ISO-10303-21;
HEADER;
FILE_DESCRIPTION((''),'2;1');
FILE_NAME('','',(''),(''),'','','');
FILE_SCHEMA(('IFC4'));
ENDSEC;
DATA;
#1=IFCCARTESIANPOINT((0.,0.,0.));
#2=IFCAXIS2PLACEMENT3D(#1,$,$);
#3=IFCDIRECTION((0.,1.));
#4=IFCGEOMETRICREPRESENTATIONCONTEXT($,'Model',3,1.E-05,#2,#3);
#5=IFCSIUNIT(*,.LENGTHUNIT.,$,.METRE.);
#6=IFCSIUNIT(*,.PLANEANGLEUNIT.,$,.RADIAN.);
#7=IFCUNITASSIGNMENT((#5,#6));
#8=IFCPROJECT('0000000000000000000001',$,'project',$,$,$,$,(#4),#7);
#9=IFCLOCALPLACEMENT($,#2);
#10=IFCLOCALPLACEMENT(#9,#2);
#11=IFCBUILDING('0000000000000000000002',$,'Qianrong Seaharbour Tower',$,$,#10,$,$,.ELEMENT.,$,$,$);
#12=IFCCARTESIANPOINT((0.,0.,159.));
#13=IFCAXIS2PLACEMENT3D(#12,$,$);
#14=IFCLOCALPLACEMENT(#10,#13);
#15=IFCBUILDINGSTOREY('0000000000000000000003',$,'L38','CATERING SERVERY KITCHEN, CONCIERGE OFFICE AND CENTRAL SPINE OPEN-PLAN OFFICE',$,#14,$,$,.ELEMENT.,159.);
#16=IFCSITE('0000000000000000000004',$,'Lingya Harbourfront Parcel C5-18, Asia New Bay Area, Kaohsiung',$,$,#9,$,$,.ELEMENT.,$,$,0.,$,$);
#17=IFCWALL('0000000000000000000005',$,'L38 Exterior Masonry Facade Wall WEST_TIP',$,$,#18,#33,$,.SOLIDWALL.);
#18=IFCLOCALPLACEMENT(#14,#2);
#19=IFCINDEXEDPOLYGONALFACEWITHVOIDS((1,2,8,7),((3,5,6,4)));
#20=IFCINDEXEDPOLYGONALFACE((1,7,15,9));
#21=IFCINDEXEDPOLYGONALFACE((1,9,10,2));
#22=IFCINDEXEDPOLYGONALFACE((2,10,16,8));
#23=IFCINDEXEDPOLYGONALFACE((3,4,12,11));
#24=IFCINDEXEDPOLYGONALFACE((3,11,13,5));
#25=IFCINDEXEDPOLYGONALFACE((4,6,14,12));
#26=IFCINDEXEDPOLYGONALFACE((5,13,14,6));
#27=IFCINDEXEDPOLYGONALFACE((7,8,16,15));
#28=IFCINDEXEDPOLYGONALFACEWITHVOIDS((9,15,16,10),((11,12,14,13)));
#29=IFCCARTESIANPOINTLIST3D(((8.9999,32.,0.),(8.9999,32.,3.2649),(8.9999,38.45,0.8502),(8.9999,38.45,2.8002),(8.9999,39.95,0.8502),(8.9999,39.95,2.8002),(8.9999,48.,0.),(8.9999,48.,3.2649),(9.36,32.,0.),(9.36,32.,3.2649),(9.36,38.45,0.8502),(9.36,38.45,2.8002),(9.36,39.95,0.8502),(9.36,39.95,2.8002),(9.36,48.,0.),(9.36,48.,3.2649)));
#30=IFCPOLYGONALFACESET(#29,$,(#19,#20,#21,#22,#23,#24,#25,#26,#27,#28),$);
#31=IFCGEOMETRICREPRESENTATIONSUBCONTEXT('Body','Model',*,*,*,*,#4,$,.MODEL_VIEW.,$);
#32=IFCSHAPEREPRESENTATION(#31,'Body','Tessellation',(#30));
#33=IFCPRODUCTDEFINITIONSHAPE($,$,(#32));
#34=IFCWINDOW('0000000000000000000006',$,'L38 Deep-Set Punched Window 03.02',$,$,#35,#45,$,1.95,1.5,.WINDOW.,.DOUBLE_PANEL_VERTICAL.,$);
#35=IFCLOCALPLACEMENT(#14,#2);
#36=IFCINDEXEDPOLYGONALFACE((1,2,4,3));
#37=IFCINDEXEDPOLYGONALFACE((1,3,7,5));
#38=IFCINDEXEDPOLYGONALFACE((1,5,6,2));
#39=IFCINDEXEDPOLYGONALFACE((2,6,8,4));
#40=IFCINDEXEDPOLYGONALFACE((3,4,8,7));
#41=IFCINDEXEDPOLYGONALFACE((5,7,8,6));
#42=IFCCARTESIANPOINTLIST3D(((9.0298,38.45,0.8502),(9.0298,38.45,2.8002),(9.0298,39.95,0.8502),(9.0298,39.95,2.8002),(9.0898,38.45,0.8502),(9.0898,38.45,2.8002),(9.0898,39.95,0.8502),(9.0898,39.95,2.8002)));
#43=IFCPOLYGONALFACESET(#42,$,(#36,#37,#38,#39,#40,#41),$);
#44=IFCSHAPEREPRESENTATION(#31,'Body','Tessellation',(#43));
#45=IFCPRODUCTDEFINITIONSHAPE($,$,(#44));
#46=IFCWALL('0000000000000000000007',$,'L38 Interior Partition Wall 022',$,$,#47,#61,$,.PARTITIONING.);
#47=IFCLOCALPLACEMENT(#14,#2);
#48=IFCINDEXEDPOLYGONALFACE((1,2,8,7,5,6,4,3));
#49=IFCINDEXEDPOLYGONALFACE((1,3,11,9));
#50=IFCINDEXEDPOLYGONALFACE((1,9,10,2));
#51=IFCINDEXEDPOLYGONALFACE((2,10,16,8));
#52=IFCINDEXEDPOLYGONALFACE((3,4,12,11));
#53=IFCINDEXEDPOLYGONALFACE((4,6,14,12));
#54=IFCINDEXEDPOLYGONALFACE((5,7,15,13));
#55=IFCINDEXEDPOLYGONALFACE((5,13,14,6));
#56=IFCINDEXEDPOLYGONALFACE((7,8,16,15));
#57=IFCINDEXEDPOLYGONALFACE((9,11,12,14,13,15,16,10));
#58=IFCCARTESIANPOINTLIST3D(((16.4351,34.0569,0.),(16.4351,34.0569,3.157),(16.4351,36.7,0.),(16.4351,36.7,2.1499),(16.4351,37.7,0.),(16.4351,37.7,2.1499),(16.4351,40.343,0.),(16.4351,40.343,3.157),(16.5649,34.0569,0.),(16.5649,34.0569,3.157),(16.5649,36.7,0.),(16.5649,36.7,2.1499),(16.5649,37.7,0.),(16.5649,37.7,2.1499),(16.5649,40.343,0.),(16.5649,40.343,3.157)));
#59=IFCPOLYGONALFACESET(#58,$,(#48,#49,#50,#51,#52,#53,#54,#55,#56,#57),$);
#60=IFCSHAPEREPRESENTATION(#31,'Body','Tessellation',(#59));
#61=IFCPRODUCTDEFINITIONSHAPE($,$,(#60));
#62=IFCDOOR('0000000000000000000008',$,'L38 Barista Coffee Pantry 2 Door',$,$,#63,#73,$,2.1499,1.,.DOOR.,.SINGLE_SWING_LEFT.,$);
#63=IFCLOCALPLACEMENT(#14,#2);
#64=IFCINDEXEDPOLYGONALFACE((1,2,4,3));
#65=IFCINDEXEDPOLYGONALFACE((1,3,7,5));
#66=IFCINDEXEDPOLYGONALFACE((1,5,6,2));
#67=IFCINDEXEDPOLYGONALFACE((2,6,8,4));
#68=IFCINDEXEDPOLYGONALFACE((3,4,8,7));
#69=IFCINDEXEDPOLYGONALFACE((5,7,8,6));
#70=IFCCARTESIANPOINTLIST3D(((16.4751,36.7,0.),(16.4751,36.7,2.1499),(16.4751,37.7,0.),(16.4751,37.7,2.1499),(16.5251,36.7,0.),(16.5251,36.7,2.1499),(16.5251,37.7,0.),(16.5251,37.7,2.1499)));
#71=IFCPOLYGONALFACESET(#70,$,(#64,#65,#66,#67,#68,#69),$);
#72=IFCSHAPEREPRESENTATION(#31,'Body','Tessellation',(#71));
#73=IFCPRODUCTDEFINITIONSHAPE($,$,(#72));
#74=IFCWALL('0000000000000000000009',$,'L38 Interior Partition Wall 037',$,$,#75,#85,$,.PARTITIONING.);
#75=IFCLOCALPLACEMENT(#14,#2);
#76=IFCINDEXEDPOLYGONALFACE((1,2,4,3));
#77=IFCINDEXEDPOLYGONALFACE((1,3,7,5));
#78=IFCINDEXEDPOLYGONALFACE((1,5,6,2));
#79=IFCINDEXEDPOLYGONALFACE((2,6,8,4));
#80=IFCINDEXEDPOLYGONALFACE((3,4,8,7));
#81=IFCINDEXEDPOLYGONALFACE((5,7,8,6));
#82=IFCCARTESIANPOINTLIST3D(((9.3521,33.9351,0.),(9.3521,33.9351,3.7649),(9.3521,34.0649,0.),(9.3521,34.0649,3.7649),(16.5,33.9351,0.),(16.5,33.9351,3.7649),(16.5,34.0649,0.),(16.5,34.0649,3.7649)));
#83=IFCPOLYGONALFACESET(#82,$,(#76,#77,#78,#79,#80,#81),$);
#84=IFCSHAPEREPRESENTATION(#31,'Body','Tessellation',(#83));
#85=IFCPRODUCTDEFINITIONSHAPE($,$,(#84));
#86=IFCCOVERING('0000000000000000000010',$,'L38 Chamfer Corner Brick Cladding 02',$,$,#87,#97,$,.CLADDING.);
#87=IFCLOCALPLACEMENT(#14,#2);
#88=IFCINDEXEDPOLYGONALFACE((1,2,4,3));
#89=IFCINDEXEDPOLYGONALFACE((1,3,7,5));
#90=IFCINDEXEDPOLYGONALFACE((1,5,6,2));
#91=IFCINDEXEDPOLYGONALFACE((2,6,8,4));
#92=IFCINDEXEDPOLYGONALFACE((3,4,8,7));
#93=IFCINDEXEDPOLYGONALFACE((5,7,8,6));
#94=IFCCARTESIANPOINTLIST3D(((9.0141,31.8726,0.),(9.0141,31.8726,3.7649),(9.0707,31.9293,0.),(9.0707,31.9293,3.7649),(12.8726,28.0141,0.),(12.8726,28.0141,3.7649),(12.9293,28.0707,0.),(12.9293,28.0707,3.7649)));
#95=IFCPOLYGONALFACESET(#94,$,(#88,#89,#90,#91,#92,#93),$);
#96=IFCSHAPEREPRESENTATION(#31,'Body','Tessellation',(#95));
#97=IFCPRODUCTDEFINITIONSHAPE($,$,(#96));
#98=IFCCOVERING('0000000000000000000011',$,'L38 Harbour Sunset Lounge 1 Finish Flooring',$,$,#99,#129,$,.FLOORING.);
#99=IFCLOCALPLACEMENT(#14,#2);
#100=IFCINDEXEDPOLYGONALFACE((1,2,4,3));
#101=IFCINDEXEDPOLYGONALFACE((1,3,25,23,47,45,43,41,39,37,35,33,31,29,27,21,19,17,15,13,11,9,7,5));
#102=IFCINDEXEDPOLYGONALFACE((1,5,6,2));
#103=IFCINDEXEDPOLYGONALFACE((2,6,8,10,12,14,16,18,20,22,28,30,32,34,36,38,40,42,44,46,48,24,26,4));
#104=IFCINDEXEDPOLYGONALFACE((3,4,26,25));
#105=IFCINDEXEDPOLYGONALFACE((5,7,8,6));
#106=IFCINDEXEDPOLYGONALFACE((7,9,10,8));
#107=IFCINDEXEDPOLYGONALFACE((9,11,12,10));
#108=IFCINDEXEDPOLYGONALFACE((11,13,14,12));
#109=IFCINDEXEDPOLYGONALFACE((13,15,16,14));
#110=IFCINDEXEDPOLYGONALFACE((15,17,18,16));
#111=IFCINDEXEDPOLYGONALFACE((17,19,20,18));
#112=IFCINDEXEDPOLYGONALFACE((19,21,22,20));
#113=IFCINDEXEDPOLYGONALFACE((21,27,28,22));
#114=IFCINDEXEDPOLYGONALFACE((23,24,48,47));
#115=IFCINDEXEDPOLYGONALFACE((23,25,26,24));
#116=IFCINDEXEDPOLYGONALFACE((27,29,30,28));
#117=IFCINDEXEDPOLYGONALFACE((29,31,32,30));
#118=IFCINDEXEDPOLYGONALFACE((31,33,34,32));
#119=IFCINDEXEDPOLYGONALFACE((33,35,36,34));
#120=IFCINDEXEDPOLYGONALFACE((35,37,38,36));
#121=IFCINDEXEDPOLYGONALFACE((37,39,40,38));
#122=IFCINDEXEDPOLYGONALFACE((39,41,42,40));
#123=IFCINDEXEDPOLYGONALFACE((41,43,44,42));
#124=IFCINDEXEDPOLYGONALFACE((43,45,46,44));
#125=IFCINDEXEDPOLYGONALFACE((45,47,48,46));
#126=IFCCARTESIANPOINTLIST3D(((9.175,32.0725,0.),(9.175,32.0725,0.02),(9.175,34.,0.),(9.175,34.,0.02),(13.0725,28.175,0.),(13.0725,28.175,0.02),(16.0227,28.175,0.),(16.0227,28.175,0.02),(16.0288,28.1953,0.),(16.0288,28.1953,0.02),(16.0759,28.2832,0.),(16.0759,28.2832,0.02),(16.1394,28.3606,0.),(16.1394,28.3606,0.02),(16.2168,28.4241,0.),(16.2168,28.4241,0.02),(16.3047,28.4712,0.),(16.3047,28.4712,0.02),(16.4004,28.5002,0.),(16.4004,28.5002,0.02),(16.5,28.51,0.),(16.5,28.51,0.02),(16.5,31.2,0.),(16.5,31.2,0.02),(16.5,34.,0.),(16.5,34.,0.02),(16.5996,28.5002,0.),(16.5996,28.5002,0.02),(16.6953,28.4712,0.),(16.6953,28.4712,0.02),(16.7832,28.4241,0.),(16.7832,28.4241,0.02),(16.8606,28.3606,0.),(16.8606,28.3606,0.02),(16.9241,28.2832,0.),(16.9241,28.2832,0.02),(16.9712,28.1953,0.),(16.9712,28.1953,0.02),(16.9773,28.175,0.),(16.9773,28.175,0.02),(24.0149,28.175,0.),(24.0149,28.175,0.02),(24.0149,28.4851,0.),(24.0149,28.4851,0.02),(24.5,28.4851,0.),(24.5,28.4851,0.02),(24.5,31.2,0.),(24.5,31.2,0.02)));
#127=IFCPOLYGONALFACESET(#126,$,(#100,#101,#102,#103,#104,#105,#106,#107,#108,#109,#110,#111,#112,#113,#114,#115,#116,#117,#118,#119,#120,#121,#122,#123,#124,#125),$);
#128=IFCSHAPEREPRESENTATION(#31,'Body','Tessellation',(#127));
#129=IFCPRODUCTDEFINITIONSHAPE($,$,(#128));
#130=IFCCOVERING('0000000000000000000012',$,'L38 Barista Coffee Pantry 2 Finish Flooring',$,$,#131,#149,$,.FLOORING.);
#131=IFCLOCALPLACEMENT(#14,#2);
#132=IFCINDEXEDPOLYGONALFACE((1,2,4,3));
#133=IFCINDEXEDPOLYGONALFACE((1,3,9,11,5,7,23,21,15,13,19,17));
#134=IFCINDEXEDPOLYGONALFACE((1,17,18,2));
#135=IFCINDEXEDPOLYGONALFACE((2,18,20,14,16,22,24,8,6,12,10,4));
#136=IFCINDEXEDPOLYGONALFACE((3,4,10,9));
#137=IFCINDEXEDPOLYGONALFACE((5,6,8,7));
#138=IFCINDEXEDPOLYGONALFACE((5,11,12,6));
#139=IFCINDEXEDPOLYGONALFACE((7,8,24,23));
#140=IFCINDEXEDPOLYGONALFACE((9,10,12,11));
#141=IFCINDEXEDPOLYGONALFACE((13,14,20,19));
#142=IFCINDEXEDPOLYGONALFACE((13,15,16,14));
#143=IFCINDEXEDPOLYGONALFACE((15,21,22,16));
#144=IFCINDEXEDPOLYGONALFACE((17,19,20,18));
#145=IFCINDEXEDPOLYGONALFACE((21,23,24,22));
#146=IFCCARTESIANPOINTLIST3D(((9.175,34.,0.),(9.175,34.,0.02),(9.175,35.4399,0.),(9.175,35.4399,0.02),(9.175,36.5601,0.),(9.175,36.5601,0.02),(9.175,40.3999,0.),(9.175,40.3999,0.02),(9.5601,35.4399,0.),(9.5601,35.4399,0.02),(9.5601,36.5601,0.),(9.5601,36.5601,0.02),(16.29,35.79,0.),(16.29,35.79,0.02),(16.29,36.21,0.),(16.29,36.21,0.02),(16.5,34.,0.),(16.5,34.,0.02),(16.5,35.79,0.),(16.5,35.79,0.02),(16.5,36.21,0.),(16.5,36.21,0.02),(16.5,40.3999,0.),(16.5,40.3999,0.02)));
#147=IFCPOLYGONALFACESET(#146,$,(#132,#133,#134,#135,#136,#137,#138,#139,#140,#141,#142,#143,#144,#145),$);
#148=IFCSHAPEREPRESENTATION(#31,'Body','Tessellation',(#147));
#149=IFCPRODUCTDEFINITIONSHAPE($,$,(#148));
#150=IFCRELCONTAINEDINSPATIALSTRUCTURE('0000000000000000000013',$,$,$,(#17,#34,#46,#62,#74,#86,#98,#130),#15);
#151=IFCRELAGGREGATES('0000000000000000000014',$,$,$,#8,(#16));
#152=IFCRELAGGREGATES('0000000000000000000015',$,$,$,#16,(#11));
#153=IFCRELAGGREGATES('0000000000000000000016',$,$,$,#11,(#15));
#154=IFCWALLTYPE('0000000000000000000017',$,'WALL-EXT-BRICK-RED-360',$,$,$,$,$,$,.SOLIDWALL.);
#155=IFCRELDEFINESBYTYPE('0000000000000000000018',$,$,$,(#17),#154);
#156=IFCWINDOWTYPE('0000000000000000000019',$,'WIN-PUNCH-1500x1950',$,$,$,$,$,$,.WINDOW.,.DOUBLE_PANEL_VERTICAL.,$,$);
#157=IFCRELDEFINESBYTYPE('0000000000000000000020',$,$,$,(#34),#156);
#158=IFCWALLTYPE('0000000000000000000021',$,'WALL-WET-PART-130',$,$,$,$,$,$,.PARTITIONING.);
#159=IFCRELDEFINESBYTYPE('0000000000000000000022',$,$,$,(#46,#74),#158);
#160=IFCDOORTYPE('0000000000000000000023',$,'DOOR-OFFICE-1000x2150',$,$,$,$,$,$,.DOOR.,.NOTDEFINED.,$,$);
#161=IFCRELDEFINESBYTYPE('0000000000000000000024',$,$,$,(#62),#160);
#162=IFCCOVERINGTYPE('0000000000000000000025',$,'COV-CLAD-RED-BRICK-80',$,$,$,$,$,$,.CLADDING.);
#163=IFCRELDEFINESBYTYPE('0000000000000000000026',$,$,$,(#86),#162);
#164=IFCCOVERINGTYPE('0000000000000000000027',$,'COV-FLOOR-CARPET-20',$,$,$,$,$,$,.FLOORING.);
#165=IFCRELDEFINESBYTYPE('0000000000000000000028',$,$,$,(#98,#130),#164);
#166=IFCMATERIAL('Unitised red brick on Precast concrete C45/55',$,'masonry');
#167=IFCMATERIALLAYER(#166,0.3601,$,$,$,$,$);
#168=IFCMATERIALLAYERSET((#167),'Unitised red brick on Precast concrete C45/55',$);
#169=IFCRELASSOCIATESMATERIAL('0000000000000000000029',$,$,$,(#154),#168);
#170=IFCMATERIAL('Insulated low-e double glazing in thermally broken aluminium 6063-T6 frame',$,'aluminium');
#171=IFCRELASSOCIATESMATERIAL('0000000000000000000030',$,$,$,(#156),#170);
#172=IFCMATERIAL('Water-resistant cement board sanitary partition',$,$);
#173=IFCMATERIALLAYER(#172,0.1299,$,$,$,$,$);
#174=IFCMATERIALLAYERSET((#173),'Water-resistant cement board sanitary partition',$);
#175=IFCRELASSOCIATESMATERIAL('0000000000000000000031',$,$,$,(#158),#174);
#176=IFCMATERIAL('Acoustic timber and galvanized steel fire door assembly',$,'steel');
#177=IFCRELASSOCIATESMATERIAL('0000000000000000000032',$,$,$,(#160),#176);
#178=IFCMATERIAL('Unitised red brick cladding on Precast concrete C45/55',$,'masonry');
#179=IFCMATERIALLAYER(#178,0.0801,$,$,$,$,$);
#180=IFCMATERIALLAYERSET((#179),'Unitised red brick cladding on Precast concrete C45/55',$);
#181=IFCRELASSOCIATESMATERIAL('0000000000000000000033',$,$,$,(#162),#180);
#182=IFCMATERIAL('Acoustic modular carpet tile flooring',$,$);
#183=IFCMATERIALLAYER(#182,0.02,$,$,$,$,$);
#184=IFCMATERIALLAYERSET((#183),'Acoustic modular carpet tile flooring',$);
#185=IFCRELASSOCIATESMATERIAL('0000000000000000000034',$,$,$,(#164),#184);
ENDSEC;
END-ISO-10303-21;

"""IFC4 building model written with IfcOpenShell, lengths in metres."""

from ifc_helpers import new_model, si_unit, direction, frame, frame_2d, origin, origin_2d, place, context, subcontext, project, spatial, polyline, rectangle, outline, extrude, material, layer, layer_set, type_object, element, fill, save


model = new_model("IFC4")

# Units and contexts
model_context = context("Model", 3, precision=1e-05, world=origin(), true_north=direction((0.0, 1.0)))
body_context = subcontext(model_context, "Body", "Model", "MODEL_VIEW")
ifc_project = project(units=[si_unit("LENGTHUNIT", "METRE"), si_unit("PLANEANGLEUNIT", "RADIAN")], contexts=[model_context])

# Site, building, storey
site_placement = place(None, origin())
site = spatial("IfcSite", under=ifc_project, at=site_placement, Name="Lingya Harbourfront Parcel C5-18, Asia New Bay Area, Kaohsiung", CompositionType="ELEMENT", RefElevation=0.0)
building_placement = place(site_placement, origin())
building = spatial("IfcBuilding", under=site, at=building_placement, Name="Qianrong Seaharbour Tower", CompositionType="ELEMENT")
storey_placement = place(building_placement, frame((0.0, 0.0, 159.0)))
storey = spatial("IfcBuildingStorey", under=building, at=storey_placement, Name="L38", Description="CATERING SERVERY KITCHEN, CONCIERGE OFFICE AND CENTRAL SPINE OPEN-PLAN OFFICE", CompositionType="ELEMENT", Elevation=159.0)

# Shared definitions
ifc_material_1 = material(Name="Unitised red brick on Precast concrete C45/55", Category="masonry")
ifc_layer_1 = layer(ifc_material_1, 0.3601)
ifc_layer_set_1 = layer_set([ifc_layer_1], Name="Unitised red brick on Precast concrete C45/55")
wall_type_1 = type_object("IfcWallType", Name="WALL-EXT-BRICK-RED-360", PredefinedType="SOLIDWALL", material=ifc_layer_set_1)

# Wall, opening, window
wall_1_placement = place(storey_placement, frame((9.1799, 32.0, 0.0), z_axis=(0.0, 0.0, 1.0), x_axis=(0.0, 1.0, 0.0)))
wall_1 = element("IfcWall", 1, at=wall_1_placement, inside=storey, type_object=wall_type_1, Name="L38 Exterior Masonry Facade Wall WEST_TIP", PredefinedType="SOLIDWALL", context=body_context, shape_type="SweptSolid", body=[
    extrude(rectangle(XDim=16.0, YDim=0.3601, at=frame_2d((8.0, 0.0))), origin(), (0.0, 0.0, 1.0), 3.2649),
])
opening_1_placement = place(wall_1_placement, frame((6.45, 0.0, 0.8501)))
opening_1 = element("IfcOpeningElement", 2, at=opening_1_placement, cuts=wall_1, PredefinedType="OPENING", context=body_context, shape_type="SweptSolid", body=[
    extrude(rectangle(XDim=1.5, YDim=1.95, at=frame_2d((0.75, 0.9751))), frame((0.0, 0.1899, 0.0), z_axis=(0.0, -1.0, 0.0), x_axis=(1.0, 0.0, 0.0)), (0.0, 0.0, 1.0), 0.3801),
])
ifc_material_2 = material(Name="Insulated low-e double glazing in thermally broken aluminium 6063-T6 frame", Category="aluminium")
window_type = type_object("IfcWindowType", Name="WIN-PUNCH-1500x1950", PartitioningType="DOUBLE_PANEL_VERTICAL", PredefinedType="WINDOW", material=ifc_material_2)
window_placement = place(opening_1_placement, origin())
window = element("IfcWindow", 3, at=window_placement, inside=storey, type_object=window_type, Name="L38 Deep-Set Punched Window 03.02", OverallHeight=1.95, OverallWidth=1.5, PartitioningType="DOUBLE_PANEL_VERTICAL", PredefinedType="WINDOW", context=body_context, shape_type="SweptSolid", body=[
    extrude(rectangle(XDim=1.5, YDim=1.95, at=frame_2d((0.75, 0.9751))), frame((0.0, 0.1501, 0.0), z_axis=(0.0, -1.0, 0.0), x_axis=(1.0, 0.0, 0.0)), (0.0, 0.0, 1.0), 0.0601),
])
fill(opening_1, window)

# Wall, opening, door
ifc_material_3 = material(Name="Water-resistant cement board sanitary partition")
ifc_layer_2 = layer(ifc_material_3, 0.1299)
ifc_layer_set_2 = layer_set([ifc_layer_2], Name="Water-resistant cement board sanitary partition")
wall_type_2 = type_object("IfcWallType", Name="WALL-WET-PART-130", PredefinedType="PARTITIONING", material=ifc_layer_set_2)
wall_2_placement = place(storey_placement, frame((16.5, 34.0569, 0.0), z_axis=(0.0, 0.0, 1.0), x_axis=(0.0, 1.0, 0.0)))
wall_2 = element("IfcWall", 4, at=wall_2_placement, inside=storey, type_object=wall_type_2, Name="L38 Interior Partition Wall 022", PredefinedType="PARTITIONING", context=body_context, shape_type="SweptSolid", body=[
    extrude(rectangle(XDim=6.2861, YDim=0.1299, at=frame_2d((3.1431, 0.0))), origin(), (0.0, 0.0, 1.0), 3.157),
])
opening_2_placement = place(wall_2_placement, frame((2.6431, 0.0, 0.0)))
opening_2 = element("IfcOpeningElement", 5, at=opening_2_placement, cuts=wall_2, PredefinedType="OPENING", context=body_context, shape_type="SweptSolid", body=[
    extrude(rectangle(XDim=1.0, YDim=2.1499, at=frame_2d((0.5, 1.075))), frame((0.0, 0.075, 0.0), z_axis=(0.0, -1.0, 0.0), x_axis=(1.0, 0.0, 0.0)), (0.0, 0.0, 1.0), 0.1499),
])
ifc_material_4 = material(Name="Acoustic timber and galvanized steel fire door assembly", Category="steel")
door_type = type_object("IfcDoorType", Name="DOOR-OFFICE-1000x2150", OperationType="NOTDEFINED", PredefinedType="DOOR", material=ifc_material_4)
door_placement = place(opening_2_placement, origin())
door = element("IfcDoor", 6, at=door_placement, inside=storey, type_object=door_type, Name="L38 Barista Coffee Pantry 2 Door", OperationType="SINGLE_SWING_LEFT", OverallHeight=2.1499, OverallWidth=1.0, PredefinedType="DOOR", context=body_context, shape_type="SweptSolid", body=[
    extrude(rectangle(XDim=1.0, YDim=2.1499, at=frame_2d((0.5, 1.075))), frame((0.0, 0.0249, 0.0), z_axis=(0.0, -1.0, 0.0), x_axis=(1.0, 0.0, 0.0)), (0.0, 0.0, 1.0), 0.05),
])
fill(opening_2, door)

# Wall
wall_3_placement = place(storey_placement, frame((9.3521, 34.0, 0.0), z_axis=(0.0, 0.0, 1.0), x_axis=(1.0, 0.0, 0.0)))
element("IfcWall", 7, at=wall_3_placement, inside=storey, type_object=wall_type_2, Name="L38 Interior Partition Wall 037", PredefinedType="PARTITIONING", context=body_context, shape_type="SweptSolid", body=[
    extrude(rectangle(XDim=7.1479, YDim=0.1299, at=frame_2d((3.574, 0.0))), origin(), (0.0, 0.0, 1.0), 3.7649),
])

# Coverings
ifc_material_5 = material(Name="Unitised red brick cladding on Precast concrete C45/55", Category="masonry")
ifc_layer_3 = layer(ifc_material_5, 0.0801)
ifc_layer_set_3 = layer_set([ifc_layer_3], Name="Unitised red brick cladding on Precast concrete C45/55")
covering_type_1 = type_object("IfcCoveringType", Name="COV-CLAD-RED-BRICK-80", PredefinedType="CLADDING", material=ifc_layer_set_3)
covering_1_placement = place(storey_placement, frame((10.9717, 29.9717, 0.0), z_axis=(0.0, 0.0, 1.0), x_axis=(-0.707107, 0.707107, 0.0)))
element("IfcCovering", 8, at=covering_1_placement, inside=storey, type_object=covering_type_1, Name="L38 Chamfer Corner Brick Cladding 02", PredefinedType="CLADDING", context=body_context, shape_type="SweptSolid", body=[
    extrude(rectangle(XDim=5.4568, YDim=0.0801, at=origin_2d()), origin(), (0.0, 0.0, 1.0), 3.7649),
])
ifc_material_6 = material(Name="Acoustic modular carpet tile flooring")
ifc_layer_4 = layer(ifc_material_6, 0.02)
ifc_layer_set_4 = layer_set([ifc_layer_4], Name="Acoustic modular carpet tile flooring")
covering_type_2 = type_object("IfcCoveringType", Name="COV-FLOOR-CARPET-20", PredefinedType="FLOORING", material=ifc_layer_set_4)
covering_2_placement = place(storey_placement, origin())
element("IfcCovering", 9, at=covering_2_placement, inside=storey, type_object=covering_type_2, Name="L38 Harbour Sunset Lounge 1 Finish Flooring", PredefinedType="FLOORING", context=body_context, shape_type="SweptSolid", body=[
    extrude(outline(polyline([(16.9773, 28.175), (16.9712, 28.1953), (16.9241, 28.2832), (16.8606, 28.3606), (16.7832, 28.4241), (16.6953, 28.4712), (16.5996, 28.5002), (16.5, 28.51), (16.4004, 28.5002), (16.3047, 28.4712), (16.2168, 28.4241), (16.1394, 28.3606), (16.0759, 28.2832), (16.0288, 28.1953), (16.0227, 28.175), (13.0725, 28.175), (9.175, 32.0725), (9.175, 34.0), (16.5, 34.0), (16.5, 31.2), (24.5, 31.2), (24.5, 28.4851), (24.0149, 28.4851), (24.0149, 28.175), (16.9773, 28.175)])), origin(), (0.0, 0.0, 1.0), 0.02),
])
covering_3_placement = place(storey_placement, origin())
element("IfcCovering", 10, at=covering_3_placement, inside=storey, type_object=covering_type_2, Name="L38 Barista Coffee Pantry 2 Finish Flooring", PredefinedType="FLOORING", context=body_context, shape_type="SweptSolid", body=[
    extrude(outline(polyline([(9.175, 35.4399), (9.5601, 35.4399), (9.5601, 36.5601), (9.175, 36.5601), (9.175, 40.3999), (16.5, 40.3999), (16.5, 36.21), (16.29, 36.21), (16.29, 35.79), (16.5, 35.79), (16.5, 34.0), (9.175, 34.0), (9.175, 35.4399)])), origin(), (0.0, 0.0, 1.0), 0.02),
])

save(model, "model.ifc")
